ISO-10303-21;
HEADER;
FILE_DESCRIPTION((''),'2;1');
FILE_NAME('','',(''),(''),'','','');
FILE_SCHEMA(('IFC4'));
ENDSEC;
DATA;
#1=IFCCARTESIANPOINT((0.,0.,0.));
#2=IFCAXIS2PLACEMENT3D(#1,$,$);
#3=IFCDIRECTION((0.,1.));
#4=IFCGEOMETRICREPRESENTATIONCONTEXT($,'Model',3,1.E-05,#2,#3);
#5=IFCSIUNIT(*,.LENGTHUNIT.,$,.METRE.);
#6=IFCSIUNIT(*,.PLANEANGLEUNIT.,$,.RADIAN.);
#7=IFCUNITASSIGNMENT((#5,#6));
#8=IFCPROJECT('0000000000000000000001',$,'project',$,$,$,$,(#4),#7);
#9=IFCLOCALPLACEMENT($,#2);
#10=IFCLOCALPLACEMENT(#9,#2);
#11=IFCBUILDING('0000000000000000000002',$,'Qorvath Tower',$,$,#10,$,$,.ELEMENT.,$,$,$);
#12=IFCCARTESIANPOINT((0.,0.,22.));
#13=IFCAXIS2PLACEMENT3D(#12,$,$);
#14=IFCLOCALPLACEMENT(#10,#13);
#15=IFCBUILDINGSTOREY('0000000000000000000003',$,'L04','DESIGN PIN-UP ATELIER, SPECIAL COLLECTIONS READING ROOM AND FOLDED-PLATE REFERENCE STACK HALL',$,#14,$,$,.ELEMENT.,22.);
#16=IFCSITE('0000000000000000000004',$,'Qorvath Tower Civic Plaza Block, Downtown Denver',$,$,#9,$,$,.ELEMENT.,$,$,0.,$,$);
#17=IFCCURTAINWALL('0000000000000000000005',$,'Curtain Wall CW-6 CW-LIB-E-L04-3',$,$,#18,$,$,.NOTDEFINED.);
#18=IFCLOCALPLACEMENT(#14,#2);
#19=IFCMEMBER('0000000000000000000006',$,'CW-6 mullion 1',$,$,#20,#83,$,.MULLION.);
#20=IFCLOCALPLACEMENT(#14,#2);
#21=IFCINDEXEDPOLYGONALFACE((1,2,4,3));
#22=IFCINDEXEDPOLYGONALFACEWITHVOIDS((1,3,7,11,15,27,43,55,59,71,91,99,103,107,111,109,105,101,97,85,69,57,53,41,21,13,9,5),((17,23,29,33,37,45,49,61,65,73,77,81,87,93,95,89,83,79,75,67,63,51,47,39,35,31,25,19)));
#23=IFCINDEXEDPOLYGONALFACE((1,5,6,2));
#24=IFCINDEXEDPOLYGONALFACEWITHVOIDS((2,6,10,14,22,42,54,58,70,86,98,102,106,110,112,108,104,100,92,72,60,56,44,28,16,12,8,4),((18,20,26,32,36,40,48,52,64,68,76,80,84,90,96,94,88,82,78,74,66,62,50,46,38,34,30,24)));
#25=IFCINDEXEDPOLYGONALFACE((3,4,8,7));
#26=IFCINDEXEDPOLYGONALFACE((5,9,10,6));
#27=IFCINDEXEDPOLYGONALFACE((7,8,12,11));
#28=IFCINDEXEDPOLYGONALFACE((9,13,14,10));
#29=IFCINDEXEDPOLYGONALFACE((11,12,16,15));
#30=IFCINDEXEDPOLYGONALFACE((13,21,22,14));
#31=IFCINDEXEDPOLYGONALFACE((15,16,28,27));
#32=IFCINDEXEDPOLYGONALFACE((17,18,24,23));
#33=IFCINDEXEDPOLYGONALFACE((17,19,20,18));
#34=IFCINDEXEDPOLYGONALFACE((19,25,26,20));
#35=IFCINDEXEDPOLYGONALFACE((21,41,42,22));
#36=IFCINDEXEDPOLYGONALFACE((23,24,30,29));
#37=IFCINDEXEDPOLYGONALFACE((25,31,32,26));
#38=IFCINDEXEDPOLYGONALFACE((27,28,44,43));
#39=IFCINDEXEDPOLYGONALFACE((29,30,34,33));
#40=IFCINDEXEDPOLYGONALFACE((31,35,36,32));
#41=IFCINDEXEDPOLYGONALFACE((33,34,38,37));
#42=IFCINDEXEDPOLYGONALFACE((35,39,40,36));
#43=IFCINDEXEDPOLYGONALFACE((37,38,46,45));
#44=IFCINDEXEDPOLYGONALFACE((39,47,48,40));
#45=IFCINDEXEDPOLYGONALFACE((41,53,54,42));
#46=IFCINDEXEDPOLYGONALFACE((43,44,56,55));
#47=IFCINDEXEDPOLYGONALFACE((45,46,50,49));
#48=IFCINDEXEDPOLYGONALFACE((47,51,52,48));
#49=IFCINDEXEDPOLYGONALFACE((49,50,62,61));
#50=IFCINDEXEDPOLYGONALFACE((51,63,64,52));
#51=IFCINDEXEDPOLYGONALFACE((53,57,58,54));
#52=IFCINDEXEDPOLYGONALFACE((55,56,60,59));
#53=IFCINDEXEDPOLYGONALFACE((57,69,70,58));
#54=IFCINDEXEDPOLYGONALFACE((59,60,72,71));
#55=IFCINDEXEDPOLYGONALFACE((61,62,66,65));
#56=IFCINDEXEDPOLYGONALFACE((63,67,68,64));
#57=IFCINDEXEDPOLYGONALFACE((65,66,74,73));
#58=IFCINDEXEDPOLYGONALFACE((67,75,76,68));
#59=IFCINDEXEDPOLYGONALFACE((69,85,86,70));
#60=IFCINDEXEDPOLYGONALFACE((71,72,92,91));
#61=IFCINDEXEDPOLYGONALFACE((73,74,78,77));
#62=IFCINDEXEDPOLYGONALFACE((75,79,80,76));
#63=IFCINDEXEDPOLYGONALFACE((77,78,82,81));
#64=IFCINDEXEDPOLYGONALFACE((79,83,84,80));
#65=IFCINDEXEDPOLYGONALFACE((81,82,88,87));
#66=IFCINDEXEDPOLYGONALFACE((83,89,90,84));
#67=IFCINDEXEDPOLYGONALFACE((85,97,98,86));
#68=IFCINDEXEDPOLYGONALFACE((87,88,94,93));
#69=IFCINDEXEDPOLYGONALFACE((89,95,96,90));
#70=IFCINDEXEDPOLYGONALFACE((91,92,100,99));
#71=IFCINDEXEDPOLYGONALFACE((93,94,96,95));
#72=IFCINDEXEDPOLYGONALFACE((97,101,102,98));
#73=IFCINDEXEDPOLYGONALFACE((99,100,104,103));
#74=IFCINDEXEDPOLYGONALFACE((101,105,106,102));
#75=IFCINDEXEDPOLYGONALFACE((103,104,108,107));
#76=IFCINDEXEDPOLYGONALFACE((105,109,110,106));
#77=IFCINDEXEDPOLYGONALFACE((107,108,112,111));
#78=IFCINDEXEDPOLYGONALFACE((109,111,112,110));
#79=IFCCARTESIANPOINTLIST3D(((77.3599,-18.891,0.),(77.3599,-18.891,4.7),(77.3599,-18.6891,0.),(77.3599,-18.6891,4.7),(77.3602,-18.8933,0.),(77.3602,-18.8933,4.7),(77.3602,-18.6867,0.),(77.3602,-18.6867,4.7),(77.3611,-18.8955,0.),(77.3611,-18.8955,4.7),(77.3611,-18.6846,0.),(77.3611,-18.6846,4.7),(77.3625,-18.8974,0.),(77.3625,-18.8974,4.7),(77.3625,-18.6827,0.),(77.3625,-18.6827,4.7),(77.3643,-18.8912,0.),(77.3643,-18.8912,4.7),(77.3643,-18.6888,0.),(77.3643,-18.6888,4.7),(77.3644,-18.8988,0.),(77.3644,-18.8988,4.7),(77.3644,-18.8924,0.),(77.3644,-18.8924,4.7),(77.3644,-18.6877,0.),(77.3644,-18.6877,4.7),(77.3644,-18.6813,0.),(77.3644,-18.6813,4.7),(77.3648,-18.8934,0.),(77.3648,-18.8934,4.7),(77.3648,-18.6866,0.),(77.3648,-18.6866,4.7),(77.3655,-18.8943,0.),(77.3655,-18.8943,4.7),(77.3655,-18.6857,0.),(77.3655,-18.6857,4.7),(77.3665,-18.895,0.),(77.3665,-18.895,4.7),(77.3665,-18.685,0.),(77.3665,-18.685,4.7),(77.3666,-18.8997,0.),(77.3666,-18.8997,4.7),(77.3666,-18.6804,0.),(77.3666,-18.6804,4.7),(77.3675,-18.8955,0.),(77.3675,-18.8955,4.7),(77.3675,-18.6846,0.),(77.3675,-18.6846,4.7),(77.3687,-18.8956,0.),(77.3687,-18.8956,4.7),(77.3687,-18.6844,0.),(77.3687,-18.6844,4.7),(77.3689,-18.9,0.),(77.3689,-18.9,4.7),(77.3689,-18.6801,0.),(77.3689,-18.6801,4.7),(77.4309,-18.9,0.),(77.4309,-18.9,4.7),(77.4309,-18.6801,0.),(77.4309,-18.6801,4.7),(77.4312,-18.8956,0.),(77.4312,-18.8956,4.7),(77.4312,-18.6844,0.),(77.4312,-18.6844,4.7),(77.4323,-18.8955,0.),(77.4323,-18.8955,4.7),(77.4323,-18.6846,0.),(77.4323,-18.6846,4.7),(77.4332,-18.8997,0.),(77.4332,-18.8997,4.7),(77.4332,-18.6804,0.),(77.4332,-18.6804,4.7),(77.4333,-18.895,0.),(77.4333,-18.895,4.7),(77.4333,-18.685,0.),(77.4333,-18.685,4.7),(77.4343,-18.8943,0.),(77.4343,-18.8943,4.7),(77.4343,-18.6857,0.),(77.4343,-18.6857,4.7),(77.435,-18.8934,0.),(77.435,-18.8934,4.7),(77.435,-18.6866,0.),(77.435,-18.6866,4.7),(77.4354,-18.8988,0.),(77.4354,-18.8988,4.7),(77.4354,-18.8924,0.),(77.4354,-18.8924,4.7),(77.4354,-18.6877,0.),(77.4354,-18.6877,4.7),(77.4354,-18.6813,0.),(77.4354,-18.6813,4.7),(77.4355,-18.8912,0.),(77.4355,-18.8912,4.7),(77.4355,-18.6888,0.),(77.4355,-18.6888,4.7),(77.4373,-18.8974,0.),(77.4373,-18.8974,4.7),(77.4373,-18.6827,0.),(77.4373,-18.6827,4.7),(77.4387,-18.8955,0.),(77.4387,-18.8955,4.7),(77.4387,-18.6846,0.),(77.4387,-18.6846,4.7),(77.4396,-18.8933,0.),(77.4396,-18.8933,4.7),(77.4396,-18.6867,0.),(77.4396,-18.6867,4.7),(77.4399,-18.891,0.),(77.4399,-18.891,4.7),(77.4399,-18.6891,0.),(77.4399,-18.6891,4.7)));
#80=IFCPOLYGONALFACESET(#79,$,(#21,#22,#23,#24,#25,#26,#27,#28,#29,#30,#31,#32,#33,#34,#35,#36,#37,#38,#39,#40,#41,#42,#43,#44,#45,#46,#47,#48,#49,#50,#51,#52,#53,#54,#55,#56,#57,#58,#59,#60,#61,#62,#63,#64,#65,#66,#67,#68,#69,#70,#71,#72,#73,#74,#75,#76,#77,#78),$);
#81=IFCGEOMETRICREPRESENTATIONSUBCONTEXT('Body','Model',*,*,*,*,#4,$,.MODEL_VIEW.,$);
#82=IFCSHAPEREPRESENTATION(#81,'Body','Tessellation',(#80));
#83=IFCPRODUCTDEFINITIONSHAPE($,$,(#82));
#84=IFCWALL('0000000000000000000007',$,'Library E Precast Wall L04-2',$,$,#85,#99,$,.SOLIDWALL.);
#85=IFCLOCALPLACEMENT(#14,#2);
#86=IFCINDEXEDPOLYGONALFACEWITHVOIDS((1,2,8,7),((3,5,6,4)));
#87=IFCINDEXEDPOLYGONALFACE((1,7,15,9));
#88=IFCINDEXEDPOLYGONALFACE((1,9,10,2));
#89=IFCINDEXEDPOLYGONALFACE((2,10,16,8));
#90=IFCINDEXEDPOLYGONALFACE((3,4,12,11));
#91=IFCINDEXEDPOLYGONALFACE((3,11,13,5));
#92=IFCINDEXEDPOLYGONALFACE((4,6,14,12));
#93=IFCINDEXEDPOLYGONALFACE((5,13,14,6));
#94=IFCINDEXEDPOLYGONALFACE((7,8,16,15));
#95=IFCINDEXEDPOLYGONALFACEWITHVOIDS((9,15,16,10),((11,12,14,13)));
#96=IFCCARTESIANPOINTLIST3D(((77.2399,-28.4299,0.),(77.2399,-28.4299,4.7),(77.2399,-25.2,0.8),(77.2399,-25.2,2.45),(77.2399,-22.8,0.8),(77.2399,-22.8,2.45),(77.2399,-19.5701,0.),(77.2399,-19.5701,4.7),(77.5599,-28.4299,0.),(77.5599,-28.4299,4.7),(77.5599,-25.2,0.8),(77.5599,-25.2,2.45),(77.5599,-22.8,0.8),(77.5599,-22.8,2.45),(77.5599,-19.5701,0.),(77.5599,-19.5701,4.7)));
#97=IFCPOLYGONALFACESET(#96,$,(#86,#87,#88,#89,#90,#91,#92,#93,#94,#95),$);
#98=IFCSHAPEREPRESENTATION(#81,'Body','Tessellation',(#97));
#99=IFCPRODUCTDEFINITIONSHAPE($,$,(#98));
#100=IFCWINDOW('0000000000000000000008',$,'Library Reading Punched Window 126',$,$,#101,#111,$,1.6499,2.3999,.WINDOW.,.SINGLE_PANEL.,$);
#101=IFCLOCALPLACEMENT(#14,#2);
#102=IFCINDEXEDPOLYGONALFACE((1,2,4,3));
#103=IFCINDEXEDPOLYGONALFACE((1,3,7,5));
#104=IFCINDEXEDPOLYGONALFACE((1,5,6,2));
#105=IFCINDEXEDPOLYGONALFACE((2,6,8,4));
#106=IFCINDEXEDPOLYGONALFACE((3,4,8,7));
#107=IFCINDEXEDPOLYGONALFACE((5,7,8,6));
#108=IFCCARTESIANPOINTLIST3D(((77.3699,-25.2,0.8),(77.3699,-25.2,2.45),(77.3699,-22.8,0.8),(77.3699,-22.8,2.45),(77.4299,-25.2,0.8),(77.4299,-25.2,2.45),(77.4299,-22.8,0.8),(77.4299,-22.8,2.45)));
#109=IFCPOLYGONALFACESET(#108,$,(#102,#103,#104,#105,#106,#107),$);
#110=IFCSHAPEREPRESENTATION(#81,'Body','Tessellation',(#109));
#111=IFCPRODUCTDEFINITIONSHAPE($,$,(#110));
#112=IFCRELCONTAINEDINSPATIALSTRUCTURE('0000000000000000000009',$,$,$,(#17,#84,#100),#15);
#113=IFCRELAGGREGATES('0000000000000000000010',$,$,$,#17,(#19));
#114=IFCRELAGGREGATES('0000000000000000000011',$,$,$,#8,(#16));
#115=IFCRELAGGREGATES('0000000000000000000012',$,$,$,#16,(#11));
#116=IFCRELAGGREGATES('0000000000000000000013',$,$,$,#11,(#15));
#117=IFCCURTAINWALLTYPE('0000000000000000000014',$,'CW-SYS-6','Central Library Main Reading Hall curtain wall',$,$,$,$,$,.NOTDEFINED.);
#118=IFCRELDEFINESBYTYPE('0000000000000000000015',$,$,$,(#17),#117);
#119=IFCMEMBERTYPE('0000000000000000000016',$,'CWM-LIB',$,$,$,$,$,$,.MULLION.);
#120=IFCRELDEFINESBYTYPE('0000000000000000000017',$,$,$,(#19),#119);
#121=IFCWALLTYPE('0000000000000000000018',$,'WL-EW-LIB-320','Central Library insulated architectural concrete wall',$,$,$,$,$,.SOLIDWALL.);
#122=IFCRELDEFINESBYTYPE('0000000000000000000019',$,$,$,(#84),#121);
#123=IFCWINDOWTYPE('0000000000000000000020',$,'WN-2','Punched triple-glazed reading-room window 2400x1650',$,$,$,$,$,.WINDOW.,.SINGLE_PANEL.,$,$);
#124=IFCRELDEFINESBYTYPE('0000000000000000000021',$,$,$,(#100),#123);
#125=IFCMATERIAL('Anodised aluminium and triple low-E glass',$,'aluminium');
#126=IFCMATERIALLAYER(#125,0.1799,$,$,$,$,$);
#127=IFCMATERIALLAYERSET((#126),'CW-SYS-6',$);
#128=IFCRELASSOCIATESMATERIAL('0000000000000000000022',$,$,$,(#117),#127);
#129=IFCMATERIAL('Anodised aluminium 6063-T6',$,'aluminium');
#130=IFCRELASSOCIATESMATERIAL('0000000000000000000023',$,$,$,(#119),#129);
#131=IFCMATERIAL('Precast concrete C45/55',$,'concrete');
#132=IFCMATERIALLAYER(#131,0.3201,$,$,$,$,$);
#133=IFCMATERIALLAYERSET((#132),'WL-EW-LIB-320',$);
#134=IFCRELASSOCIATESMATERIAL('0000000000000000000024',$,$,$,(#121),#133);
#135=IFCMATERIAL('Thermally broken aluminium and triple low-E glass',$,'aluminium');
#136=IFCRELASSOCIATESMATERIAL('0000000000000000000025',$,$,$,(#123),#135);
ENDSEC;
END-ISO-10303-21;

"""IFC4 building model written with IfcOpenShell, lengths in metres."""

from ifc_helpers import new_model, si_unit, direction, frame, frame_2d, origin, origin_2d, place, context, subcontext, project, spatial, rectangle, hollow_rectangle, extrude, material, layer, layer_set, material_profile, profile_set, type_object, element, fill, aggregate, save


model = new_model("IFC4")

# Units and contexts
model_context = context("Model", 3, precision=1e-05, world=origin(), true_north=direction((0.0, 1.0)))
body_context = subcontext(model_context, "Body", "Model", "MODEL_VIEW")
ifc_project = project(units=[si_unit("LENGTHUNIT", "METRE"), si_unit("PLANEANGLEUNIT", "RADIAN")], contexts=[model_context])

# Site, building, storey
site_placement = place(None, origin())
site = spatial("IfcSite", under=ifc_project, at=site_placement, Name="Qorvath Tower Civic Plaza Block, Downtown Denver", CompositionType="ELEMENT", RefElevation=0.0)
building_placement = place(site_placement, origin())
building = spatial("IfcBuilding", under=site, at=building_placement, Name="Qorvath Tower", CompositionType="ELEMENT")
storey_placement = place(building_placement, frame((0.0, 0.0, 22.0)))
storey = spatial("IfcBuildingStorey", under=building, at=storey_placement, Name="L04", Description="DESIGN PIN-UP ATELIER, SPECIAL COLLECTIONS READING ROOM AND FOLDED-PLATE REFERENCE STACK HALL", CompositionType="ELEMENT", Elevation=22.0)

# Curtain wall, member
ifc_material_1 = material(Name="Anodised aluminium and triple low-E glass", Category="aluminium")
ifc_layer_1 = layer(ifc_material_1, 0.1799)
ifc_layer_set_1 = layer_set([ifc_layer_1], Name="CW-SYS-6")
curtain_wall_type = type_object("IfcCurtainWallType", Name="CW-SYS-6", Description="Central Library Main Reading Hall curtain wall", PredefinedType="NOTDEFINED", material=ifc_layer_set_1)
curtain_wall_placement = place(storey_placement, origin())
curtain_wall = element("IfcCurtainWall", 1, at=curtain_wall_placement, inside=storey, type_object=curtain_wall_type, Name="Curtain Wall CW-6 CW-LIB-E-L04-3", PredefinedType="NOTDEFINED")
ifc_material_2 = material(Name="Anodised aluminium 6063-T6", Category="aluminium")
ifc_material_profile_1 = material_profile(ifc_material_2, hollow_rectangle(XDim=0.0801, YDim=0.22, WallThickness=0.0044, InnerFilletRadius=0.0044, OuterFilletRadius=0.009, at=origin_2d()), Name="CWM LIB 220x80")
ifc_profile_set_1 = profile_set([ifc_material_profile_1], Name="Anodised aluminium 6063-T6")
member_type = type_object("IfcMemberType", Name="CWM-LIB", PredefinedType="MULLION", material=ifc_profile_set_1)
member_placement = place(storey_placement, frame((77.3999, -18.79, 0.0), z_axis=(0.0, 0.0, 1.0), x_axis=(-1.0, 0.0, 0.0)))
member = element("IfcMember", 2, at=member_placement, type_object=member_type, Name="CW-6 mullion 1", PredefinedType="MULLION", context=body_context, shape_type="SweptSolid", body=[
    extrude(hollow_rectangle(XDim=0.0801, YDim=0.22, WallThickness=0.0044, InnerFilletRadius=0.0044, OuterFilletRadius=0.009, at=origin_2d()), origin(), (0.0, 0.0, 1.0), 4.7),
])
aggregate(curtain_wall, [member])

# Wall, opening, window
ifc_material_3 = material(Name="Precast concrete C45/55", Category="concrete")
ifc_layer_2 = layer(ifc_material_3, 0.3201)
ifc_layer_set_2 = layer_set([ifc_layer_2], Name="WL-EW-LIB-320")
wall_type = type_object("IfcWallType", Name="WL-EW-LIB-320", Description="Central Library insulated architectural concrete wall", PredefinedType="SOLIDWALL", material=ifc_layer_set_2)
wall_placement = place(storey_placement, frame((77.3999, -19.5701, 0.0), z_axis=(0.0, 0.0, 1.0), x_axis=(0.0, -1.0, 0.0)))
wall = element("IfcWall", 3, at=wall_placement, inside=storey, type_object=wall_type, Name="Library E Precast Wall L04-2", PredefinedType="SOLIDWALL", context=body_context, shape_type="SweptSolid", body=[
    extrude(rectangle(XDim=8.8599, YDim=0.3201, at=frame_2d((4.4299, 0.0))), origin(), (0.0, 0.0, 1.0), 4.7),
])
opening_placement = place(wall_placement, frame((3.23, 0.0, 0.8)))
opening = element("IfcOpeningElement", 4, at=opening_placement, cuts=wall, PredefinedType="OPENING", context=body_context, shape_type="SweptSolid", body=[
    extrude(rectangle(XDim=2.3999, YDim=1.6499, at=frame_2d((1.2, 0.825))), frame((0.0, 0.1699, 0.0), z_axis=(0.0, -1.0, 0.0), x_axis=(1.0, 0.0, 0.0)), (0.0, 0.0, 1.0), 0.3401),
])
ifc_material_4 = material(Name="Thermally broken aluminium and triple low-E glass", Category="aluminium")
window_type = type_object("IfcWindowType", Name="WN-2", Description="Punched triple-glazed reading-room window 2400x1650", PartitioningType="SINGLE_PANEL", PredefinedType="WINDOW", material=ifc_material_4)
window_placement = place(opening_placement, origin())
window = element("IfcWindow", 5, at=window_placement, inside=storey, type_object=window_type, Name="Library Reading Punched Window 126", OverallHeight=1.6499, OverallWidth=2.3999, PartitioningType="SINGLE_PANEL", PredefinedType="WINDOW", context=body_context, shape_type="SweptSolid", body=[
    extrude(rectangle(XDim=2.3999, YDim=1.6499, at=frame_2d((1.2, 0.825))), frame((0.0, 0.03, 0.0), z_axis=(0.0, -1.0, 0.0), x_axis=(1.0, 0.0, 0.0)), (0.0, 0.0, 1.0), 0.0601),
])
fill(opening, window)

save(model, "model.ifc")
